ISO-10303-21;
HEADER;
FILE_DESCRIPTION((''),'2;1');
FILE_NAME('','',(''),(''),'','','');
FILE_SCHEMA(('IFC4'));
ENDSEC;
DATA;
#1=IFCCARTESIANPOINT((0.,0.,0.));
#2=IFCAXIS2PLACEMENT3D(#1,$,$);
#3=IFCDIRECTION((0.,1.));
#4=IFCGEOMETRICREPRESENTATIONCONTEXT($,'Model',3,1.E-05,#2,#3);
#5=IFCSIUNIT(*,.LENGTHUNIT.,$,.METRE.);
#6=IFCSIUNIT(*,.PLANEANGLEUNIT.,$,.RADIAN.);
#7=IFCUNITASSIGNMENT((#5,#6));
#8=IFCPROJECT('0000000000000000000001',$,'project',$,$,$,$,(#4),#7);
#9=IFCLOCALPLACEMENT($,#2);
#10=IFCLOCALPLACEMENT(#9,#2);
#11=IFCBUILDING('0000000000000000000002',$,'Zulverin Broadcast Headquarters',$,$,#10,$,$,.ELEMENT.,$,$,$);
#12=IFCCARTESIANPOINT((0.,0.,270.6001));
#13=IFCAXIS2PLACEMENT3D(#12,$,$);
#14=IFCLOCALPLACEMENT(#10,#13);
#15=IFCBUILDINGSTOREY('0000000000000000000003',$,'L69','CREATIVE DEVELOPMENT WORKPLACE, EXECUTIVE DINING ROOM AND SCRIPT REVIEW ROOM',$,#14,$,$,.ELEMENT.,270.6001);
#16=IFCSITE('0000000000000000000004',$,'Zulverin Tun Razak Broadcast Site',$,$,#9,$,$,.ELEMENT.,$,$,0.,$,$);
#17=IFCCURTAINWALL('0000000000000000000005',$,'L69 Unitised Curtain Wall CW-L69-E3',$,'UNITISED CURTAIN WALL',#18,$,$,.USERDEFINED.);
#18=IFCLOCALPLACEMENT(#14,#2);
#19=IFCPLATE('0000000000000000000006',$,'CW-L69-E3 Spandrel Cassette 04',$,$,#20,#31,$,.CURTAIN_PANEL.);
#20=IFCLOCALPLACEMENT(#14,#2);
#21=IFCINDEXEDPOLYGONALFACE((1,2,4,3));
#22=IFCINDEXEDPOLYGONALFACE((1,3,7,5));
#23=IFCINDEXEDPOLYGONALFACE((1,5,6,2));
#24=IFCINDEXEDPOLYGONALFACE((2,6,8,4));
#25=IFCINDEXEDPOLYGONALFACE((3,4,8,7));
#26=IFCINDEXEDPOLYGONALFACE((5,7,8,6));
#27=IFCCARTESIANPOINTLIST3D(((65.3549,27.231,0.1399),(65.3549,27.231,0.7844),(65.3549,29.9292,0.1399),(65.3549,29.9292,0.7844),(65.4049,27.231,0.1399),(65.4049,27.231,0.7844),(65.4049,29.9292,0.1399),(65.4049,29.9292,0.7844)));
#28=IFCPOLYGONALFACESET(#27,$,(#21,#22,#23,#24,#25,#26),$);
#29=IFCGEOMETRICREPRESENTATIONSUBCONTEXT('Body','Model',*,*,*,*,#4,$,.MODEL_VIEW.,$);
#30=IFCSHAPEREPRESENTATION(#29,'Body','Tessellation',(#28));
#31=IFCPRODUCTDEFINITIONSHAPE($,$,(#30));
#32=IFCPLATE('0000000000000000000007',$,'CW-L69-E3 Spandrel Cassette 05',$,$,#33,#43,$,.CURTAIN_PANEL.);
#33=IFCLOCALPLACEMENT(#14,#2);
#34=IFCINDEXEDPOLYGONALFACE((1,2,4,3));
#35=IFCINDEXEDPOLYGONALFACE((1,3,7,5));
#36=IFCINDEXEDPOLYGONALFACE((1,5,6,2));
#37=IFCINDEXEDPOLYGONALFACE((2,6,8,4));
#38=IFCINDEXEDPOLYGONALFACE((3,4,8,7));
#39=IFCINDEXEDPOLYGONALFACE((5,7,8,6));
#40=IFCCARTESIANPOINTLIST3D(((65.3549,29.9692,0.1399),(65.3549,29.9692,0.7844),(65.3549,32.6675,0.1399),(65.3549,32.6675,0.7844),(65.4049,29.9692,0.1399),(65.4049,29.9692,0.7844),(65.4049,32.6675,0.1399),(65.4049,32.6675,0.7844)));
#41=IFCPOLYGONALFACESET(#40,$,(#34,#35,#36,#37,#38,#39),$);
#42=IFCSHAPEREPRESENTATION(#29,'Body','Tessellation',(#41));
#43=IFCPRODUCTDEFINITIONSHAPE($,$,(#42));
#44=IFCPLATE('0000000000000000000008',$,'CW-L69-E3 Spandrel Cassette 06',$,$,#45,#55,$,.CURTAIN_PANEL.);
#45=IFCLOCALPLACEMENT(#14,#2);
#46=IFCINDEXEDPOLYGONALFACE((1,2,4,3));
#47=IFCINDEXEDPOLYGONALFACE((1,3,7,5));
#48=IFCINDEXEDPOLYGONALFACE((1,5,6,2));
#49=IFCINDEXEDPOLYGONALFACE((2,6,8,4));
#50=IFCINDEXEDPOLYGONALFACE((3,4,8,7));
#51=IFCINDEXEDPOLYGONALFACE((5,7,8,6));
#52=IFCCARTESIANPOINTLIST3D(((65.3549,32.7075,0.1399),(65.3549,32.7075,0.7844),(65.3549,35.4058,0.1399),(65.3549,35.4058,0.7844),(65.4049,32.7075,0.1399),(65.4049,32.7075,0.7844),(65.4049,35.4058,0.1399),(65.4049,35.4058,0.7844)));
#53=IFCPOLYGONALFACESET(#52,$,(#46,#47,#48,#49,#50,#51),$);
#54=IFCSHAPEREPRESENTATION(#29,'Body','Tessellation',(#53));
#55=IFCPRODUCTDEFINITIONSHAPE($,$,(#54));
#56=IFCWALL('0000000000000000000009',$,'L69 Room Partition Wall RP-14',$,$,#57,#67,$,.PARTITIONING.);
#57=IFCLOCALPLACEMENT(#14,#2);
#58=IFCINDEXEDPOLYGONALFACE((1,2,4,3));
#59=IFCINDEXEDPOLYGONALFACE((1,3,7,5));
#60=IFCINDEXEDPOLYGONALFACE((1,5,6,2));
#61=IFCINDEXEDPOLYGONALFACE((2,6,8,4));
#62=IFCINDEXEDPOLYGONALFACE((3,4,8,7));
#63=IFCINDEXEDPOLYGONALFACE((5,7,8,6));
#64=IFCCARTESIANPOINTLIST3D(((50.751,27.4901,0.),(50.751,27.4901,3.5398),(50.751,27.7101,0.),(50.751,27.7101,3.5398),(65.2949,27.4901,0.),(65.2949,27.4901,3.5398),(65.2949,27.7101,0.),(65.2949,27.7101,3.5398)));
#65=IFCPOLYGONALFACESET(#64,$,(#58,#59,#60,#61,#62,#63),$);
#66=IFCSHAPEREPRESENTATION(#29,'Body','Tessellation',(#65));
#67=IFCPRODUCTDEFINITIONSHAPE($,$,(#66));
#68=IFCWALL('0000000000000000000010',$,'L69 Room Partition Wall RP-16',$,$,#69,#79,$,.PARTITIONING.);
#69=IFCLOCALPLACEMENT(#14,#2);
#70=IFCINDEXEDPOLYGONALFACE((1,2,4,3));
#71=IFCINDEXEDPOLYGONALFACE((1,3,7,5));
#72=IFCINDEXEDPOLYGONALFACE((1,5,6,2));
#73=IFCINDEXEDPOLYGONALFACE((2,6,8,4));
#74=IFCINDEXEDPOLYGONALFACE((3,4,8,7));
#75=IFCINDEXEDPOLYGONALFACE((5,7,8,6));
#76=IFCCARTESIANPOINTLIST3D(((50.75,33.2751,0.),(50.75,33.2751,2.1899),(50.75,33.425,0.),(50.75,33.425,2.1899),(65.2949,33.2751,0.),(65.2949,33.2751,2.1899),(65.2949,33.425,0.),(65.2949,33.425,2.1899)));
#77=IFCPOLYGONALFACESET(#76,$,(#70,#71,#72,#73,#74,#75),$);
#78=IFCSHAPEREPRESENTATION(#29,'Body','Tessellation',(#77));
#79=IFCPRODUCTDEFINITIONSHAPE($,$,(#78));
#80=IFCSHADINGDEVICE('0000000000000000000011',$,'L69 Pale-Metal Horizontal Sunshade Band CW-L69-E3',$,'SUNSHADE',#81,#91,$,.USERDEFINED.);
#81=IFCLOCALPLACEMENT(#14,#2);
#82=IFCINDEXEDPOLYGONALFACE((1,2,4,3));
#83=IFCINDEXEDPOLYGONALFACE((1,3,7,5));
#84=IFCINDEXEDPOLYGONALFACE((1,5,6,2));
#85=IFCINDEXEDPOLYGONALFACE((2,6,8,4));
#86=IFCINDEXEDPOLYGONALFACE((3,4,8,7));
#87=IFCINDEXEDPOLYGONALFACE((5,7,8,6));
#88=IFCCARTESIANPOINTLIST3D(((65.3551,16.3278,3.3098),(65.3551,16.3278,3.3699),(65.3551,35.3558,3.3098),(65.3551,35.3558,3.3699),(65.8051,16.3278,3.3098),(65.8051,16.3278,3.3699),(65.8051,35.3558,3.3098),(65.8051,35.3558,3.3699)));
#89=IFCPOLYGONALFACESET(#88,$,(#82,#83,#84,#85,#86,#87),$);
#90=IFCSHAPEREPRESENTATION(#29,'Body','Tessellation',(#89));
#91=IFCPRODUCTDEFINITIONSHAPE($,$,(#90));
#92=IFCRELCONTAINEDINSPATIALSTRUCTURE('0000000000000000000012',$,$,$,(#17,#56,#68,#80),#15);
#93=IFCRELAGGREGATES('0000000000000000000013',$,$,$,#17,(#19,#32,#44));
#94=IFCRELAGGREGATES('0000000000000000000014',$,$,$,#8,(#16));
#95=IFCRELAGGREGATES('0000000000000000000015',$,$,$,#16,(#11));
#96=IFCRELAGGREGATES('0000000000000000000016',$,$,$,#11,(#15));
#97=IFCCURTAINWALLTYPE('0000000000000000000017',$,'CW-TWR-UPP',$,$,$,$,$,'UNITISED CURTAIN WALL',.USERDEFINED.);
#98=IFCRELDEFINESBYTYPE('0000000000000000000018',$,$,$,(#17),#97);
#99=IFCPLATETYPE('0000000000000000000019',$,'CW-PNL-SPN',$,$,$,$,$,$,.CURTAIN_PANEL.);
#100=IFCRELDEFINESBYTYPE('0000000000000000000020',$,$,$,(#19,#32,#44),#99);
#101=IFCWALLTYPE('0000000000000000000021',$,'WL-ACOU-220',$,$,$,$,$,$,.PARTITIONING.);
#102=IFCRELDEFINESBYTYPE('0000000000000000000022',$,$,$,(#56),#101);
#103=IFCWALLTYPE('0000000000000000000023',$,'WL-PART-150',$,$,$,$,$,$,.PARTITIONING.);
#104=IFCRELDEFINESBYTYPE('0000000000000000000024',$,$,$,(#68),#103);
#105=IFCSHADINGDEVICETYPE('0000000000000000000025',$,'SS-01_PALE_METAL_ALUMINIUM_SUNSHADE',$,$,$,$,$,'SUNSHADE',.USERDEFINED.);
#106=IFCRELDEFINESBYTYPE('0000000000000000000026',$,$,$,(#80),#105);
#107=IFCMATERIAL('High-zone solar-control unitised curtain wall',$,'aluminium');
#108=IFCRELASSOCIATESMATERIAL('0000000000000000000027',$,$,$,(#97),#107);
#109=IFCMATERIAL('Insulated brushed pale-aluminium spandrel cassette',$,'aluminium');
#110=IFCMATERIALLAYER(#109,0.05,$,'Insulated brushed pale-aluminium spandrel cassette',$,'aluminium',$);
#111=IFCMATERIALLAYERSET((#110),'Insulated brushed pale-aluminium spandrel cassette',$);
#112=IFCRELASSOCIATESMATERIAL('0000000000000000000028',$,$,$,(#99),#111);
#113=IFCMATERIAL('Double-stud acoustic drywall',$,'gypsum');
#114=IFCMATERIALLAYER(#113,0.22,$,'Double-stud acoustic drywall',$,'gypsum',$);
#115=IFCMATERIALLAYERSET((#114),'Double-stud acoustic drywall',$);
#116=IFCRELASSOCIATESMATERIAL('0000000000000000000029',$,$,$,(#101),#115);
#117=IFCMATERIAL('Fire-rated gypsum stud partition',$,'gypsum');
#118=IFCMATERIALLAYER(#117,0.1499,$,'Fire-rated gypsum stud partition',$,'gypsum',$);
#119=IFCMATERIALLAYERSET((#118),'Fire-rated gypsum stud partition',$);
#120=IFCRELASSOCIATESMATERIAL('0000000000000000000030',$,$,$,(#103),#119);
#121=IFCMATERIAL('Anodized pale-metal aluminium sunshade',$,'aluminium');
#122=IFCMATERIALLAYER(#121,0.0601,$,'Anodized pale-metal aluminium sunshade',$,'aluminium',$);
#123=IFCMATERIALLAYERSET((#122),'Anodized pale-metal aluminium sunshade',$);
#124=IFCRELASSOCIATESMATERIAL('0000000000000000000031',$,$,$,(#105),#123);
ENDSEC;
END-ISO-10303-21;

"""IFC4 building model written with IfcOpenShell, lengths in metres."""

from ifc_helpers import new_model, si_unit, direction, frame, frame_2d, origin, origin_2d, place, context, subcontext, project, spatial, rectangle, extrude, material, layer, layer_set, type_object, element, aggregate, save


model = new_model("IFC4")

# Units and contexts
model_context = context("Model", 3, precision=1e-05, world=origin(), true_north=direction((0.0, 1.0)))
body_context = subcontext(model_context, "Body", "Model", "MODEL_VIEW")
ifc_project = project(units=[si_unit("LENGTHUNIT", "METRE"), si_unit("PLANEANGLEUNIT", "RADIAN")], contexts=[model_context])

# Site, building, storey
site_placement = place(None, origin())
site = spatial("IfcSite", under=ifc_project, at=site_placement, Name="Zulverin Tun Razak Broadcast Site", CompositionType="ELEMENT", RefElevation=0.0)
building_placement = place(site_placement, origin())
building = spatial("IfcBuilding", under=site, at=building_placement, Name="Zulverin Broadcast Headquarters", CompositionType="ELEMENT")
storey_placement = place(building_placement, frame((0.0, 0.0, 270.6001)))
storey = spatial("IfcBuildingStorey", under=building, at=storey_placement, Name="L69", Description="CREATIVE DEVELOPMENT WORKPLACE, EXECUTIVE DINING ROOM AND SCRIPT REVIEW ROOM", CompositionType="ELEMENT", Elevation=270.6001)

# Curtain wall, plates
ifc_material_1 = material(Name="High-zone solar-control unitised curtain wall", Category="aluminium")
curtain_wall_type = type_object("IfcCurtainWallType", Name="CW-TWR-UPP", ElementType="UNITISED CURTAIN WALL", PredefinedType="USERDEFINED", material=ifc_material_1)
curtain_wall_placement = place(storey_placement, origin())
curtain_wall = element("IfcCurtainWall", 1, at=curtain_wall_placement, inside=storey, type_object=curtain_wall_type, Name="L69 Unitised Curtain Wall CW-L69-E3", ObjectType="UNITISED CURTAIN WALL", PredefinedType="USERDEFINED")
ifc_material_2 = material(Name="Insulated brushed pale-aluminium spandrel cassette", Category="aluminium")
ifc_layer_1 = layer(ifc_material_2, 0.05, Name="Insulated brushed pale-aluminium spandrel cassette", Category="aluminium")
ifc_layer_set_1 = layer_set([ifc_layer_1], Name="Insulated brushed pale-aluminium spandrel cassette")
plate_type_1 = type_object("IfcPlateType", Name="CW-PNL-SPN", PredefinedType="CURTAIN_PANEL", material=ifc_layer_set_1)
plate_1_placement = place(storey_placement, frame((65.3799, 28.5801, 0.1399), z_axis=(0.0, 0.0, 1.0), x_axis=(0.0, 1.0, 0.0)))
plate_1 = element("IfcPlate", 2, at=plate_1_placement, type_object=plate_type_1, Name="CW-L69-E3 Spandrel Cassette 04", PredefinedType="CURTAIN_PANEL", context=body_context, shape_type="SweptSolid", body=[
    extrude(rectangle(XDim=2.6982, YDim=0.05, at=origin_2d()), origin(), (0.0, 0.0, 1.0), 0.6445),
])
plate_2_placement = place(storey_placement, frame((65.3799, 31.3184, 0.1399), z_axis=(0.0, 0.0, 1.0), x_axis=(0.0, 1.0, 0.0)))
plate_2 = element("IfcPlate", 3, at=plate_2_placement, type_object=plate_type_1, Name="CW-L69-E3 Spandrel Cassette 05", PredefinedType="CURTAIN_PANEL", context=body_context, shape_type="SweptSolid", body=[
    extrude(rectangle(XDim=2.6982, YDim=0.05, at=origin_2d()), origin(), (0.0, 0.0, 1.0), 0.6445),
])
plate_3_placement = place(storey_placement, frame((65.3799, 34.0566, 0.1399), z_axis=(0.0, 0.0, 1.0), x_axis=(0.0, 1.0, 0.0)))
plate_3 = element("IfcPlate", 4, at=plate_3_placement, type_object=plate_type_1, Name="CW-L69-E3 Spandrel Cassette 06", PredefinedType="CURTAIN_PANEL", context=body_context, shape_type="SweptSolid", body=[
    extrude(rectangle(XDim=2.6982, YDim=0.05, at=origin_2d()), origin(), (0.0, 0.0, 1.0), 0.6445),
])
aggregate(curtain_wall, [plate_1, plate_2, plate_3])

# Walls
ifc_material_3 = material(Name="Double-stud acoustic drywall", Category="gypsum")
ifc_layer_2 = layer(ifc_material_3, 0.22, Name="Double-stud acoustic drywall", Category="gypsum")
ifc_layer_set_2 = layer_set([ifc_layer_2], Name="Double-stud acoustic drywall")
wall_type_1 = type_object("IfcWallType", Name="WL-ACOU-220", PredefinedType="PARTITIONING", material=ifc_layer_set_2)
wall_1_placement = place(storey_placement, frame((50.751, 27.6001, 0.0), z_axis=(0.0, 0.0, 1.0), x_axis=(1.0, 0.0, 0.0)))
element("IfcWall", 5, at=wall_1_placement, inside=storey, type_object=wall_type_1, Name="L69 Room Partition Wall RP-14", PredefinedType="PARTITIONING", context=body_context, shape_type="SweptSolid", body=[
    extrude(rectangle(XDim=14.5439, YDim=0.22, at=frame_2d((7.272, 0.0))), origin(), (0.0, 0.0, 1.0), 3.5398),
])
ifc_material_4 = material(Name="Fire-rated gypsum stud partition", Category="gypsum")
ifc_layer_3 = layer(ifc_material_4, 0.1499, Name="Fire-rated gypsum stud partition", Category="gypsum")
ifc_layer_set_3 = layer_set([ifc_layer_3], Name="Fire-rated gypsum stud partition")
wall_type_2 = type_object("IfcWallType", Name="WL-PART-150", PredefinedType="PARTITIONING", material=ifc_layer_set_3)
wall_2_placement = place(storey_placement, frame((50.75, 33.3501, 0.0), z_axis=(0.0, 0.0, 1.0), x_axis=(1.0, 0.0, 0.0)))
element("IfcWall", 6, at=wall_2_placement, inside=storey, type_object=wall_type_2, Name="L69 Room Partition Wall RP-16", PredefinedType="PARTITIONING", context=body_context, shape_type="SweptSolid", body=[
    extrude(rectangle(XDim=14.5449, YDim=0.1499, at=frame_2d((7.2725, 0.0))), origin(), (0.0, 0.0, 1.0), 2.1899),
])

# Shading device
ifc_material_5 = material(Name="Anodized pale-metal aluminium sunshade", Category="aluminium")
ifc_layer_4 = layer(ifc_material_5, 0.0601, Name="Anodized pale-metal aluminium sunshade", Category="aluminium")
ifc_layer_set_4 = layer_set([ifc_layer_4], Name="Anodized pale-metal aluminium sunshade")
shading_device_type = type_object("IfcShadingDeviceType", Name="SS-01_PALE_METAL_ALUMINIUM_SUNSHADE", ElementType="SUNSHADE", PredefinedType="USERDEFINED", material=ifc_layer_set_4)
shading_device_placement = place(storey_placement, frame((65.5801, 25.8418, 3.3098), z_axis=(0.0, 0.0, 1.0), x_axis=(0.0, 1.0, 0.0)))
element("IfcShadingDevice", 7, at=shading_device_placement, inside=storey, type_object=shading_device_type, Name="L69 Pale-Metal Horizontal Sunshade Band CW-L69-E3", ObjectType="SUNSHADE", PredefinedType="USERDEFINED", context=body_context, shape_type="SweptSolid", body=[
    extrude(rectangle(XDim=19.0281, YDim=0.45, at=origin_2d()), origin(), (0.0, 0.0, 1.0), 0.0601),
])

save(model, "model.ifc")
